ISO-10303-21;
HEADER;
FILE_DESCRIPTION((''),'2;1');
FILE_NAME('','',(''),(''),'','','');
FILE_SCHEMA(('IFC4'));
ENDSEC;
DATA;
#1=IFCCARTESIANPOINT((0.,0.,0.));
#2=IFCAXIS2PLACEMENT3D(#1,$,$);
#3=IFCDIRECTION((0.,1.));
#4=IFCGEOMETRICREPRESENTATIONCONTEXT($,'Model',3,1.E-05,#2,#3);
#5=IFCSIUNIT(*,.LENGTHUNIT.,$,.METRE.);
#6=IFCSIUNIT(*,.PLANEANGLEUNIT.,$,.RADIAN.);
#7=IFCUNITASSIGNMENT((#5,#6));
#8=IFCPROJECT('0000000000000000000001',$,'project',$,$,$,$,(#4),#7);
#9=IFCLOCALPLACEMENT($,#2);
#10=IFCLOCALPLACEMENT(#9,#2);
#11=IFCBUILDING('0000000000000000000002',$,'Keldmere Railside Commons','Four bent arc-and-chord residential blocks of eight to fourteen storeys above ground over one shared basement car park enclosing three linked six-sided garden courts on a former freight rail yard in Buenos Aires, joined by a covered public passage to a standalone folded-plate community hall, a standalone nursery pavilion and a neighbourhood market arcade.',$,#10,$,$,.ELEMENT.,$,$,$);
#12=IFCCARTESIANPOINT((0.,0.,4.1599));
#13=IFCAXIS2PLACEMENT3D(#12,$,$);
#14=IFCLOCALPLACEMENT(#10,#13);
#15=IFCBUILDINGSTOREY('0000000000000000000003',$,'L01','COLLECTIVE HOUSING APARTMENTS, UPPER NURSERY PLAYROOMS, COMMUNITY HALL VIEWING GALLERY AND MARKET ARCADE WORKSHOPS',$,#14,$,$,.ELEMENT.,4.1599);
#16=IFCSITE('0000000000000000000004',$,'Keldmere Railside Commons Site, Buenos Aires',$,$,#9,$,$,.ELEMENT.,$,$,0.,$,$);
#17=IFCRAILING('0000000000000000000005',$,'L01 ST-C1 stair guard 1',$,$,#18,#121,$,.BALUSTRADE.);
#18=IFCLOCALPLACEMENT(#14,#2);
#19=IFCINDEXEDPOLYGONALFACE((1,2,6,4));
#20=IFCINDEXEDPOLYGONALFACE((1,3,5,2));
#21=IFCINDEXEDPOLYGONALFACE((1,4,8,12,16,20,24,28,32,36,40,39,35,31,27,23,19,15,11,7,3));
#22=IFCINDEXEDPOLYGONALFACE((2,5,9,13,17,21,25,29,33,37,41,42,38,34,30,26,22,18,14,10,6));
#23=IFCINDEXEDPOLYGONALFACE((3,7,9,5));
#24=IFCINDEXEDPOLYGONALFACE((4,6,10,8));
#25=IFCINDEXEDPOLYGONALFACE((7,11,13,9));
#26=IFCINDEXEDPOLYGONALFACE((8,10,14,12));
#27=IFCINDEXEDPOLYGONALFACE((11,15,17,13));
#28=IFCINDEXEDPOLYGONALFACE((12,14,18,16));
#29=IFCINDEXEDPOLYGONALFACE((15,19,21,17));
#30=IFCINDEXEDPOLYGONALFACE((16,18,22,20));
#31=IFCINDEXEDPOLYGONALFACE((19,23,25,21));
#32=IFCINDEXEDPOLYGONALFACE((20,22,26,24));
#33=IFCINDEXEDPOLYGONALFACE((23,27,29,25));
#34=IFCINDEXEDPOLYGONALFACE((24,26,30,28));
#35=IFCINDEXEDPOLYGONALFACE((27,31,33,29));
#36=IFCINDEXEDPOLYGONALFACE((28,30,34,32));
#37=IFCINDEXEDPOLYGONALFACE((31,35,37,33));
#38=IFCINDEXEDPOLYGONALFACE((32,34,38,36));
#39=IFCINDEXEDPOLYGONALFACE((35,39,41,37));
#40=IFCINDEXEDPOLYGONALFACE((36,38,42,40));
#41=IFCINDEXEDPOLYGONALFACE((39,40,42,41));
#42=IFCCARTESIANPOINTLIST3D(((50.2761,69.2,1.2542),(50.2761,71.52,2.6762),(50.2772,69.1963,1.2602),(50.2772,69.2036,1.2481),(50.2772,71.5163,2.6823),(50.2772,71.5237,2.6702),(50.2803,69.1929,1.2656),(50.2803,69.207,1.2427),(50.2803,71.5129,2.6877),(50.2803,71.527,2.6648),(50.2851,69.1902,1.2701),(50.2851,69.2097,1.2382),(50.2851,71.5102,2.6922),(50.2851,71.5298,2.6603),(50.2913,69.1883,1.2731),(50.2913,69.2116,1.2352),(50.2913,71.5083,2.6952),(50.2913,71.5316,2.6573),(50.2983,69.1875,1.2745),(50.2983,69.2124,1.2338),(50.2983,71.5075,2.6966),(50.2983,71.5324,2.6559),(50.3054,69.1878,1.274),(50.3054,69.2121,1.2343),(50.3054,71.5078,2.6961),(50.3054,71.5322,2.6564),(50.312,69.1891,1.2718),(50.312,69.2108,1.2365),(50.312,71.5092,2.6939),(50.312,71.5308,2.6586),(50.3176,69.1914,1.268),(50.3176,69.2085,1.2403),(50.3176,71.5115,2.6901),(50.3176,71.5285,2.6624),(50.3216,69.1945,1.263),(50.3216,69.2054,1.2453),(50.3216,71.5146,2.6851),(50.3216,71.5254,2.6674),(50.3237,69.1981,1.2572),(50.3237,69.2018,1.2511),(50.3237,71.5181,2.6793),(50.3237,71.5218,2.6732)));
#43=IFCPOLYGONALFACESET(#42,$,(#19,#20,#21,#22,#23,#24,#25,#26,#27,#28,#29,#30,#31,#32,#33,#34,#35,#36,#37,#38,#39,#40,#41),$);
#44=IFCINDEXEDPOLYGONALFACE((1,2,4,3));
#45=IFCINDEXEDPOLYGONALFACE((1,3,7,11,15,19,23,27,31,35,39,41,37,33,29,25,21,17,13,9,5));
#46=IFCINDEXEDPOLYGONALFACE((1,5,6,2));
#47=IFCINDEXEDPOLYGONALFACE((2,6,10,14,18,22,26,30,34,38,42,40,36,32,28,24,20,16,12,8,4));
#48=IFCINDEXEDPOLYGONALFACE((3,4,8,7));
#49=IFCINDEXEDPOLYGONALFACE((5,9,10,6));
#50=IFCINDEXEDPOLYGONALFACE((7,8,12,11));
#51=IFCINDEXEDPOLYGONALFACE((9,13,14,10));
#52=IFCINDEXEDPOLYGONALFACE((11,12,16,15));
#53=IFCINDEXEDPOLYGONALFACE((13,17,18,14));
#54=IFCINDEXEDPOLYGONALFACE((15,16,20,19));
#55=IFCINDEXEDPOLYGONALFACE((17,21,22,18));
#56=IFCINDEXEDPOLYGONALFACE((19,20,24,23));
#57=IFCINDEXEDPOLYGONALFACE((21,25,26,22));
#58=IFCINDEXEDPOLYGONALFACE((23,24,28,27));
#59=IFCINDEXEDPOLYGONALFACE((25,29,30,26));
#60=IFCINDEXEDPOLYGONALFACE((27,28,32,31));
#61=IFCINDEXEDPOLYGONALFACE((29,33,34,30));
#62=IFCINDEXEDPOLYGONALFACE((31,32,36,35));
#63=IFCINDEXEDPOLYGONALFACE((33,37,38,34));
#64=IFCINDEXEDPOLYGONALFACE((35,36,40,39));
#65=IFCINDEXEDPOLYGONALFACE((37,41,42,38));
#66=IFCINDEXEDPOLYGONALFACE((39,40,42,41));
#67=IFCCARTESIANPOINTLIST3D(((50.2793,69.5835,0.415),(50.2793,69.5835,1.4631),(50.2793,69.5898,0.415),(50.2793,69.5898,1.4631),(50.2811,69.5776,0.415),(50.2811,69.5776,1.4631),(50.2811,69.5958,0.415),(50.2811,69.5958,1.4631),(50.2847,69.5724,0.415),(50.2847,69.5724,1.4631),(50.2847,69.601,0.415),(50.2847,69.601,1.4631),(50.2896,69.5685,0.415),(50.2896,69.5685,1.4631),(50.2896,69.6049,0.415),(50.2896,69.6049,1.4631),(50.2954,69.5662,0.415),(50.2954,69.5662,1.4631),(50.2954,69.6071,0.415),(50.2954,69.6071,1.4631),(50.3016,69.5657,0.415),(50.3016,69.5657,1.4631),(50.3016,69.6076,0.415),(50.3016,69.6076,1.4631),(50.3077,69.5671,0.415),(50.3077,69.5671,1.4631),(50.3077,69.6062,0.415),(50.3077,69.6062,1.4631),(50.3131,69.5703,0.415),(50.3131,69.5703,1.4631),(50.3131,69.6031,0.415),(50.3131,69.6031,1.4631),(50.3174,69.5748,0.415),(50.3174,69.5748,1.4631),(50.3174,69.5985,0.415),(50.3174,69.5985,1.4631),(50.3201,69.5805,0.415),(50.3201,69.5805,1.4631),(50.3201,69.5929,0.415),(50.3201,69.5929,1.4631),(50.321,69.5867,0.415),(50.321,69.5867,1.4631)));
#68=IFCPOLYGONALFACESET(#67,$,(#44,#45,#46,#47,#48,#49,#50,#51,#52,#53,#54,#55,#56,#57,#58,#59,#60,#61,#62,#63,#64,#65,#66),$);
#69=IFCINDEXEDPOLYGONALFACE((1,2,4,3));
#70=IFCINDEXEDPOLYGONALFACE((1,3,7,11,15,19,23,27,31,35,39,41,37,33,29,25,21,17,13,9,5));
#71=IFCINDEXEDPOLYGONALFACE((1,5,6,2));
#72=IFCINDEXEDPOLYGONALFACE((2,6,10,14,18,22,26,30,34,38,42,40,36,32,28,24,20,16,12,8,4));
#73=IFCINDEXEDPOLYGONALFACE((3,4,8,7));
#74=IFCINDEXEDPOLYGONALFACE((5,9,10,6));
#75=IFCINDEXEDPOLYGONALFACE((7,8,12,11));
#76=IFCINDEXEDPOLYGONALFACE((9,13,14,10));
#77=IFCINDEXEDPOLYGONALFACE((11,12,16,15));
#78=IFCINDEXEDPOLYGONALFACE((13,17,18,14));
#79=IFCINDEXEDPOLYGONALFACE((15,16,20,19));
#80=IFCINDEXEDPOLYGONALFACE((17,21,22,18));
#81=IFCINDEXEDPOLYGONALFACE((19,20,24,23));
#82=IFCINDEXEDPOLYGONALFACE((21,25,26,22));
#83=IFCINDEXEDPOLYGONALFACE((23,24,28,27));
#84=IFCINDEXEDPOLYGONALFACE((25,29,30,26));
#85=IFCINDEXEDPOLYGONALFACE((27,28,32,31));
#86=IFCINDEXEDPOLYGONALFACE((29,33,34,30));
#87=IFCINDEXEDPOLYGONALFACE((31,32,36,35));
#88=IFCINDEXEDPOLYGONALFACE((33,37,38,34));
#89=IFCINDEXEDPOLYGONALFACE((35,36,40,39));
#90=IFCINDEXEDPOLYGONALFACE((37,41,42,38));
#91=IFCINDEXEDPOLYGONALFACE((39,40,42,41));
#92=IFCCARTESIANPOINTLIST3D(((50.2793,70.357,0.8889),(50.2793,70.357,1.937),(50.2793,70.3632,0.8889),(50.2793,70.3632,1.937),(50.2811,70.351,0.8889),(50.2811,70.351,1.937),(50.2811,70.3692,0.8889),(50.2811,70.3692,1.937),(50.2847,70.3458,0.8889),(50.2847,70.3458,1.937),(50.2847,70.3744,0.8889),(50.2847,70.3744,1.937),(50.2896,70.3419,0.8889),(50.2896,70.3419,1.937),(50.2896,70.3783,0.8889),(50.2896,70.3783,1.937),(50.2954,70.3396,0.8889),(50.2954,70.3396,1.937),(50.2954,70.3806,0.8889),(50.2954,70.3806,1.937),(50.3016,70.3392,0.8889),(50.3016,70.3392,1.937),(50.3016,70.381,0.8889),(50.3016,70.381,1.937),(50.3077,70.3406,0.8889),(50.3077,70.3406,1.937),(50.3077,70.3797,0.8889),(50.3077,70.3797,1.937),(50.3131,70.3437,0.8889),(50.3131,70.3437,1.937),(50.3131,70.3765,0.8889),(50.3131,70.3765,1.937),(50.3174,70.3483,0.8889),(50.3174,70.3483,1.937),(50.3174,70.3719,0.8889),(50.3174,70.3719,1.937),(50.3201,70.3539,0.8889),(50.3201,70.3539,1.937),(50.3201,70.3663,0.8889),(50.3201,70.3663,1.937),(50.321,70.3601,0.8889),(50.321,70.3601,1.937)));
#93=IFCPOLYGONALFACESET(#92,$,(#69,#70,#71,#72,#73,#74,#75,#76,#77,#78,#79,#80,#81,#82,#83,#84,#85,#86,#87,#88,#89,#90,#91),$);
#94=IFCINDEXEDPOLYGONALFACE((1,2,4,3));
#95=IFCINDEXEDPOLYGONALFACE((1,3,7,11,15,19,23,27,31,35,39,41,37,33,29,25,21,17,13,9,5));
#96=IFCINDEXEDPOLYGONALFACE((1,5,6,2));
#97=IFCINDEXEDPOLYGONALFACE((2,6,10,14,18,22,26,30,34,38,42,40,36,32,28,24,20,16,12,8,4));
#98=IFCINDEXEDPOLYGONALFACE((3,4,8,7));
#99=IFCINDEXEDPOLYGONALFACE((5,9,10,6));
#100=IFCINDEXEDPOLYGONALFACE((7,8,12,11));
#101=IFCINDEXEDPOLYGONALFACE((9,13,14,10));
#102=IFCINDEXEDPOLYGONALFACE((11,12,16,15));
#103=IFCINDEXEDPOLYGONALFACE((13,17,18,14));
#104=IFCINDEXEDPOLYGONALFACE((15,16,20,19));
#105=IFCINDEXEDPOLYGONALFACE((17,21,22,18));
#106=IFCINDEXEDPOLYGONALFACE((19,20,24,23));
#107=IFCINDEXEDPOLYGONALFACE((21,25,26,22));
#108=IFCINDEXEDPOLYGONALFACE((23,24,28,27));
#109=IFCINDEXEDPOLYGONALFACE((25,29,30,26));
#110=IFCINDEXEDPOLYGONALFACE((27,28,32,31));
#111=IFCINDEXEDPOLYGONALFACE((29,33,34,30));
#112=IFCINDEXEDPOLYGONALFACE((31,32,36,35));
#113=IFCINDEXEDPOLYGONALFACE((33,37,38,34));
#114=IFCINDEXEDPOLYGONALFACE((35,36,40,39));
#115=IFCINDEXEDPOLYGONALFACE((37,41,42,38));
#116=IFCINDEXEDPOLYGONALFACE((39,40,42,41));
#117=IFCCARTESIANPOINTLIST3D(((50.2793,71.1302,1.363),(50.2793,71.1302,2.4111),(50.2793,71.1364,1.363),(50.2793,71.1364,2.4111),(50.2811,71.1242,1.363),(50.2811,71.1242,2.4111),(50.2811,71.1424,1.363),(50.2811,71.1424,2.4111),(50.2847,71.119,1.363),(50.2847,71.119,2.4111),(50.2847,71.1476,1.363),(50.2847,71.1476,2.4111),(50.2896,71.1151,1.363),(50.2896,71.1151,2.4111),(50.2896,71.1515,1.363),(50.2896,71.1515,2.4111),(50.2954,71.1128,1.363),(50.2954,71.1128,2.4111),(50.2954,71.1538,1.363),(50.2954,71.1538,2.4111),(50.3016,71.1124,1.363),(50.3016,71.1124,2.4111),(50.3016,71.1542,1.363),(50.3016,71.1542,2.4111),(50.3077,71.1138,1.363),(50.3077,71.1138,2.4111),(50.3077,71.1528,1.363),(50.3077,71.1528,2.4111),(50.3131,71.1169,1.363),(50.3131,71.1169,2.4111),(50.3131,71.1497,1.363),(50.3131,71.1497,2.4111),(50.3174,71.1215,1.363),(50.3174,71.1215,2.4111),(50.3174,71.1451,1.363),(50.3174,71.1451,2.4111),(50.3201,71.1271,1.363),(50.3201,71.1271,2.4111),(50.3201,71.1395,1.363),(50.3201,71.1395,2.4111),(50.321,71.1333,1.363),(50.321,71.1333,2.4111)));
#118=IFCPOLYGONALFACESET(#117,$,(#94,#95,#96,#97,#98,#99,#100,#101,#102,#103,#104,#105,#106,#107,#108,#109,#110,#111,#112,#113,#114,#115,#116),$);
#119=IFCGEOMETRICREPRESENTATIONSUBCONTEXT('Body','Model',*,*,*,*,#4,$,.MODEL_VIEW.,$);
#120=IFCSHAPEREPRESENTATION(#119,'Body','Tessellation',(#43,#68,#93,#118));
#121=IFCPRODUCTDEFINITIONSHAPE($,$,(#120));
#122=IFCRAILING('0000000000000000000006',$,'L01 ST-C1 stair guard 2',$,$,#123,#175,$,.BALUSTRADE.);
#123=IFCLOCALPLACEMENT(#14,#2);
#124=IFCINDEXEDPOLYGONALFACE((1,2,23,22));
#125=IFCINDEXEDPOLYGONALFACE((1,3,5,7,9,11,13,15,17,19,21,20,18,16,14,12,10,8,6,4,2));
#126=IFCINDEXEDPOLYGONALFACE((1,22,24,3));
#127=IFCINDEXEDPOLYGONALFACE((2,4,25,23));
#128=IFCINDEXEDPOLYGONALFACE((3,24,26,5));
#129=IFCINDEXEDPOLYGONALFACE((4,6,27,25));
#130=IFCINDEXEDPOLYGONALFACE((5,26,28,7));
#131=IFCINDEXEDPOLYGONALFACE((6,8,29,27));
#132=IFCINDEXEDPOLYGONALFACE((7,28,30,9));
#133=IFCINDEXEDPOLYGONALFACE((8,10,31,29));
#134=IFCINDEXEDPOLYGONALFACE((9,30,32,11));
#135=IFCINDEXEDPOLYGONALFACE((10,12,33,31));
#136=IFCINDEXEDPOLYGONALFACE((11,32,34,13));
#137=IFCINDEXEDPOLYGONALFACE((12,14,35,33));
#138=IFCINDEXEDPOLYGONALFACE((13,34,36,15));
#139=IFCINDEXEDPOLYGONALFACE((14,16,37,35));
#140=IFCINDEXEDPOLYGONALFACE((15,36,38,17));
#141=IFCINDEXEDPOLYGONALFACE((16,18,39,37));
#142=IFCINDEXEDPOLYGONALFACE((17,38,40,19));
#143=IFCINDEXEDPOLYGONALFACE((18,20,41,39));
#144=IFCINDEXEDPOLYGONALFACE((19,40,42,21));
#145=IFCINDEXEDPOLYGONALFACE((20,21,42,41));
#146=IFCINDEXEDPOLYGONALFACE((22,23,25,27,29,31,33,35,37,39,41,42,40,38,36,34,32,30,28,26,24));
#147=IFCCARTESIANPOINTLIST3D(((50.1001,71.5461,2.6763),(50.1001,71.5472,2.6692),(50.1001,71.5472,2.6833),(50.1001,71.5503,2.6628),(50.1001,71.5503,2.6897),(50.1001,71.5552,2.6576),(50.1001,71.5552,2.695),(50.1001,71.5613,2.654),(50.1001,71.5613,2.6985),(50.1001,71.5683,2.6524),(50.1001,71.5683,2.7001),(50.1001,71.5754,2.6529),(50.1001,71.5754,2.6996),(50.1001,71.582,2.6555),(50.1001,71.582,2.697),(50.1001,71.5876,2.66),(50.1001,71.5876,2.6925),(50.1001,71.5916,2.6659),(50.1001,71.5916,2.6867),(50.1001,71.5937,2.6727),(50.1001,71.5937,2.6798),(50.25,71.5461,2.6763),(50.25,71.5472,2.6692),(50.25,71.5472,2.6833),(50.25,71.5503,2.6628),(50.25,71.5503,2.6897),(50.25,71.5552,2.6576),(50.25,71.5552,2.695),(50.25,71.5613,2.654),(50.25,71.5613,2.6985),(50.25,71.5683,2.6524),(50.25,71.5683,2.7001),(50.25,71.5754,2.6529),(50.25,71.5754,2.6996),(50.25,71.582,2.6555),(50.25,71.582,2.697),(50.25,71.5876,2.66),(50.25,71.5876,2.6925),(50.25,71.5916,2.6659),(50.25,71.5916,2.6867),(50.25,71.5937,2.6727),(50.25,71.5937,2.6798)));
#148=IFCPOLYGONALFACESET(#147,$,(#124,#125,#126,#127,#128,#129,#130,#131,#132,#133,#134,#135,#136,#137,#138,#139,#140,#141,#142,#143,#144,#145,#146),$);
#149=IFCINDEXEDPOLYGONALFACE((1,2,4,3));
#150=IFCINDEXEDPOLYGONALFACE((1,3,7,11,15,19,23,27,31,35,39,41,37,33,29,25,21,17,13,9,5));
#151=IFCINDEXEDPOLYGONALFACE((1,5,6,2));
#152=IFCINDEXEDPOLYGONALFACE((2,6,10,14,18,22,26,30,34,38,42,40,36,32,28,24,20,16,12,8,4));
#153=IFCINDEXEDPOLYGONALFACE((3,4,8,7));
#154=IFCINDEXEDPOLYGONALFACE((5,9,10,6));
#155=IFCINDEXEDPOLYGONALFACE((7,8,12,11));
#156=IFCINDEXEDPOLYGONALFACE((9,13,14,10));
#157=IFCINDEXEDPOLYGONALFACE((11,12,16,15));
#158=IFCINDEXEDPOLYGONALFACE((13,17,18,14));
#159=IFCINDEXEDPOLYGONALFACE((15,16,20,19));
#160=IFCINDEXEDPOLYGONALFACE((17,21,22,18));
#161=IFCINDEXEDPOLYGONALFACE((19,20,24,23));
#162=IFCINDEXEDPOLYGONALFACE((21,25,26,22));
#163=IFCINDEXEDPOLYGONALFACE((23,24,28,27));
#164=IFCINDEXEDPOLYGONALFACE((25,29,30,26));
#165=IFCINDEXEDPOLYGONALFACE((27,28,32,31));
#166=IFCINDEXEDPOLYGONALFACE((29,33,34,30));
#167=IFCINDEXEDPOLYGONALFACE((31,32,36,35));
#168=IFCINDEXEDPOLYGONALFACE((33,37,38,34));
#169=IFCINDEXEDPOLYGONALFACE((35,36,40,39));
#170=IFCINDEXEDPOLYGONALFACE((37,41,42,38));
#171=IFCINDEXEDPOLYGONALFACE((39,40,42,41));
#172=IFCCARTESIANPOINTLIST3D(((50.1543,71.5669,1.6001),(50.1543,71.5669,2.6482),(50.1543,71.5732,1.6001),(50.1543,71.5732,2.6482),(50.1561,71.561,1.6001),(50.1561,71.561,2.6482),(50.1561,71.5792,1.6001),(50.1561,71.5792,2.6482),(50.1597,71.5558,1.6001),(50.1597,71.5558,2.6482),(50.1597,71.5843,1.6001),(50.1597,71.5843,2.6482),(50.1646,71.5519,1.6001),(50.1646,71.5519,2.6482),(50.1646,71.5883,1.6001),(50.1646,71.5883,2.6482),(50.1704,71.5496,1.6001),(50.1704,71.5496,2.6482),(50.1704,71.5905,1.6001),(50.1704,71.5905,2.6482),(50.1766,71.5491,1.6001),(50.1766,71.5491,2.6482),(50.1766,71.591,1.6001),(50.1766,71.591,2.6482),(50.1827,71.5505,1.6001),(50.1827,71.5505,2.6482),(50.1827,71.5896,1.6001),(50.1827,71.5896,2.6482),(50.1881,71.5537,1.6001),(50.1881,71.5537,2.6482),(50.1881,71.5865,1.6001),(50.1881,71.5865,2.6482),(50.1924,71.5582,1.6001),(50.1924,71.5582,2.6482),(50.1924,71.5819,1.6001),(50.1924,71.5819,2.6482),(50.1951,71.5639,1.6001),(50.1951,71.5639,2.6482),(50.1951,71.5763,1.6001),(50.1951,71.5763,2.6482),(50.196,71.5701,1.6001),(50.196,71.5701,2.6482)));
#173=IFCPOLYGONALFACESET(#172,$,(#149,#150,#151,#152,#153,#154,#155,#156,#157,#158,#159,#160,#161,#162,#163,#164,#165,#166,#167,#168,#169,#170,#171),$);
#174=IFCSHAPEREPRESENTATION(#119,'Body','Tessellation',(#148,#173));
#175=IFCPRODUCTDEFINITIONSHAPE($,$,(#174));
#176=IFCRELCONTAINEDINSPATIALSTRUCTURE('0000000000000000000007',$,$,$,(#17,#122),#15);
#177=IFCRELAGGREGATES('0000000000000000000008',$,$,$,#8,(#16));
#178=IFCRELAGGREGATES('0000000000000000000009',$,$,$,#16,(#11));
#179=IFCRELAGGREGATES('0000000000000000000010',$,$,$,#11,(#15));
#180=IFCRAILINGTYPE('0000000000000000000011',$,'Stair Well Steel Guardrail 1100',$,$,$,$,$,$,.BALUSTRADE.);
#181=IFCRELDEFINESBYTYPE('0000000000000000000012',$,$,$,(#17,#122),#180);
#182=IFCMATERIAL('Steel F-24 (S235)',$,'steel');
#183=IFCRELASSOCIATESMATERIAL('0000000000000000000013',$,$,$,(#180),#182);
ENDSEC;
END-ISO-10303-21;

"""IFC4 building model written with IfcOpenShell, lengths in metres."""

from ifc_helpers import new_model, si_unit, direction, frame, origin, origin_2d, place, context, subcontext, project, spatial, circle, extrude, material, type_object, element, save


model = new_model("IFC4")

# Units and contexts
model_context = context("Model", 3, precision=1e-05, world=origin(), true_north=direction((0.0, 1.0)))
body_context = subcontext(model_context, "Body", "Model", "MODEL_VIEW")
ifc_project = project(units=[si_unit("LENGTHUNIT", "METRE"), si_unit("PLANEANGLEUNIT", "RADIAN")], contexts=[model_context])

# Site, building, storey
site_placement = place(None, origin())
site = spatial("IfcSite", under=ifc_project, at=site_placement, Name="Keldmere Railside Commons Site, Buenos Aires", CompositionType="ELEMENT", RefElevation=0.0)
building_placement = place(site_placement, origin())
building = spatial("IfcBuilding", under=site, at=building_placement, Name="Keldmere Railside Commons", Description="Four bent arc-and-chord residential blocks of eight to fourteen storeys above ground over one shared basement car park enclosing three linked six-sided garden courts on a former freight rail yard in Buenos Aires, joined by a covered public passage to a standalone folded-plate community hall, a standalone nursery pavilion and a neighbourhood market arcade.", CompositionType="ELEMENT")
storey_placement = place(building_placement, frame((0.0, 0.0, 4.1599)))
storey = spatial("IfcBuildingStorey", under=building, at=storey_placement, Name="L01", Description="COLLECTIVE HOUSING APARTMENTS, UPPER NURSERY PLAYROOMS, COMMUNITY HALL VIEWING GALLERY AND MARKET ARCADE WORKSHOPS", CompositionType="ELEMENT", Elevation=4.1599)

# Shared definitions
ifc_material_1 = material(Name="Steel F-24 (S235)", Category="steel")

# Railings
railing_type_1 = type_object("IfcRailingType", Name="Stair Well Steel Guardrail 1100", PredefinedType="BALUSTRADE", material=ifc_material_1)
railing_1_placement = place(storey_placement, frame((50.3, 69.2, 0.178)))
element("IfcRailing", 1, at=railing_1_placement, inside=storey, type_object=railing_type_1, Name="L01 ST-C1 stair guard 1", PredefinedType="BALUSTRADE", context=body_context, shape_type="SweptSolid", body=[
    extrude(circle(Radius=0.0239, at=origin_2d()), frame((0.0, 0.0, 1.0762), z_axis=(0.0, 0.852578, 0.5226), x_axis=(-1.0, 0.0, 0.0)), (0.0, 0.0, 1.0), 2.7212),
    extrude(circle(Radius=0.021, at=origin_2d()), frame((0.0, 0.3867, 0.2371)), (0.0, 0.0, 1.0), 1.0481),
    extrude(circle(Radius=0.021, at=origin_2d()), frame((0.0, 1.1602, 0.7109)), (0.0, 0.0, 1.0), 1.0481),
    extrude(circle(Radius=0.021, at=origin_2d()), frame((0.0, 1.9333, 1.1851)), (0.0, 0.0, 1.0), 1.0481),
])
railing_2_placement = place(storey_placement, frame((50.25, 71.5701, 1.6001)))
element("IfcRailing", 2, at=railing_2_placement, inside=storey, type_object=railing_type_1, Name="L01 ST-C1 stair guard 2", PredefinedType="BALUSTRADE", context=body_context, shape_type="SweptSolid", body=[
    extrude(circle(Radius=0.0239, at=origin_2d()), frame((0.0, 0.0, 1.0762), z_axis=(-1.0, 0.0, 0.0), x_axis=(0.0, -1.0, 0.0)), (0.0, 0.0, 1.0), 0.1499),
    extrude(circle(Radius=0.021, at=origin_2d()), frame((-0.075, 0.0, 0.0)), (0.0, 0.0, 1.0), 1.0481),
])

save(model, "model.ifc")
